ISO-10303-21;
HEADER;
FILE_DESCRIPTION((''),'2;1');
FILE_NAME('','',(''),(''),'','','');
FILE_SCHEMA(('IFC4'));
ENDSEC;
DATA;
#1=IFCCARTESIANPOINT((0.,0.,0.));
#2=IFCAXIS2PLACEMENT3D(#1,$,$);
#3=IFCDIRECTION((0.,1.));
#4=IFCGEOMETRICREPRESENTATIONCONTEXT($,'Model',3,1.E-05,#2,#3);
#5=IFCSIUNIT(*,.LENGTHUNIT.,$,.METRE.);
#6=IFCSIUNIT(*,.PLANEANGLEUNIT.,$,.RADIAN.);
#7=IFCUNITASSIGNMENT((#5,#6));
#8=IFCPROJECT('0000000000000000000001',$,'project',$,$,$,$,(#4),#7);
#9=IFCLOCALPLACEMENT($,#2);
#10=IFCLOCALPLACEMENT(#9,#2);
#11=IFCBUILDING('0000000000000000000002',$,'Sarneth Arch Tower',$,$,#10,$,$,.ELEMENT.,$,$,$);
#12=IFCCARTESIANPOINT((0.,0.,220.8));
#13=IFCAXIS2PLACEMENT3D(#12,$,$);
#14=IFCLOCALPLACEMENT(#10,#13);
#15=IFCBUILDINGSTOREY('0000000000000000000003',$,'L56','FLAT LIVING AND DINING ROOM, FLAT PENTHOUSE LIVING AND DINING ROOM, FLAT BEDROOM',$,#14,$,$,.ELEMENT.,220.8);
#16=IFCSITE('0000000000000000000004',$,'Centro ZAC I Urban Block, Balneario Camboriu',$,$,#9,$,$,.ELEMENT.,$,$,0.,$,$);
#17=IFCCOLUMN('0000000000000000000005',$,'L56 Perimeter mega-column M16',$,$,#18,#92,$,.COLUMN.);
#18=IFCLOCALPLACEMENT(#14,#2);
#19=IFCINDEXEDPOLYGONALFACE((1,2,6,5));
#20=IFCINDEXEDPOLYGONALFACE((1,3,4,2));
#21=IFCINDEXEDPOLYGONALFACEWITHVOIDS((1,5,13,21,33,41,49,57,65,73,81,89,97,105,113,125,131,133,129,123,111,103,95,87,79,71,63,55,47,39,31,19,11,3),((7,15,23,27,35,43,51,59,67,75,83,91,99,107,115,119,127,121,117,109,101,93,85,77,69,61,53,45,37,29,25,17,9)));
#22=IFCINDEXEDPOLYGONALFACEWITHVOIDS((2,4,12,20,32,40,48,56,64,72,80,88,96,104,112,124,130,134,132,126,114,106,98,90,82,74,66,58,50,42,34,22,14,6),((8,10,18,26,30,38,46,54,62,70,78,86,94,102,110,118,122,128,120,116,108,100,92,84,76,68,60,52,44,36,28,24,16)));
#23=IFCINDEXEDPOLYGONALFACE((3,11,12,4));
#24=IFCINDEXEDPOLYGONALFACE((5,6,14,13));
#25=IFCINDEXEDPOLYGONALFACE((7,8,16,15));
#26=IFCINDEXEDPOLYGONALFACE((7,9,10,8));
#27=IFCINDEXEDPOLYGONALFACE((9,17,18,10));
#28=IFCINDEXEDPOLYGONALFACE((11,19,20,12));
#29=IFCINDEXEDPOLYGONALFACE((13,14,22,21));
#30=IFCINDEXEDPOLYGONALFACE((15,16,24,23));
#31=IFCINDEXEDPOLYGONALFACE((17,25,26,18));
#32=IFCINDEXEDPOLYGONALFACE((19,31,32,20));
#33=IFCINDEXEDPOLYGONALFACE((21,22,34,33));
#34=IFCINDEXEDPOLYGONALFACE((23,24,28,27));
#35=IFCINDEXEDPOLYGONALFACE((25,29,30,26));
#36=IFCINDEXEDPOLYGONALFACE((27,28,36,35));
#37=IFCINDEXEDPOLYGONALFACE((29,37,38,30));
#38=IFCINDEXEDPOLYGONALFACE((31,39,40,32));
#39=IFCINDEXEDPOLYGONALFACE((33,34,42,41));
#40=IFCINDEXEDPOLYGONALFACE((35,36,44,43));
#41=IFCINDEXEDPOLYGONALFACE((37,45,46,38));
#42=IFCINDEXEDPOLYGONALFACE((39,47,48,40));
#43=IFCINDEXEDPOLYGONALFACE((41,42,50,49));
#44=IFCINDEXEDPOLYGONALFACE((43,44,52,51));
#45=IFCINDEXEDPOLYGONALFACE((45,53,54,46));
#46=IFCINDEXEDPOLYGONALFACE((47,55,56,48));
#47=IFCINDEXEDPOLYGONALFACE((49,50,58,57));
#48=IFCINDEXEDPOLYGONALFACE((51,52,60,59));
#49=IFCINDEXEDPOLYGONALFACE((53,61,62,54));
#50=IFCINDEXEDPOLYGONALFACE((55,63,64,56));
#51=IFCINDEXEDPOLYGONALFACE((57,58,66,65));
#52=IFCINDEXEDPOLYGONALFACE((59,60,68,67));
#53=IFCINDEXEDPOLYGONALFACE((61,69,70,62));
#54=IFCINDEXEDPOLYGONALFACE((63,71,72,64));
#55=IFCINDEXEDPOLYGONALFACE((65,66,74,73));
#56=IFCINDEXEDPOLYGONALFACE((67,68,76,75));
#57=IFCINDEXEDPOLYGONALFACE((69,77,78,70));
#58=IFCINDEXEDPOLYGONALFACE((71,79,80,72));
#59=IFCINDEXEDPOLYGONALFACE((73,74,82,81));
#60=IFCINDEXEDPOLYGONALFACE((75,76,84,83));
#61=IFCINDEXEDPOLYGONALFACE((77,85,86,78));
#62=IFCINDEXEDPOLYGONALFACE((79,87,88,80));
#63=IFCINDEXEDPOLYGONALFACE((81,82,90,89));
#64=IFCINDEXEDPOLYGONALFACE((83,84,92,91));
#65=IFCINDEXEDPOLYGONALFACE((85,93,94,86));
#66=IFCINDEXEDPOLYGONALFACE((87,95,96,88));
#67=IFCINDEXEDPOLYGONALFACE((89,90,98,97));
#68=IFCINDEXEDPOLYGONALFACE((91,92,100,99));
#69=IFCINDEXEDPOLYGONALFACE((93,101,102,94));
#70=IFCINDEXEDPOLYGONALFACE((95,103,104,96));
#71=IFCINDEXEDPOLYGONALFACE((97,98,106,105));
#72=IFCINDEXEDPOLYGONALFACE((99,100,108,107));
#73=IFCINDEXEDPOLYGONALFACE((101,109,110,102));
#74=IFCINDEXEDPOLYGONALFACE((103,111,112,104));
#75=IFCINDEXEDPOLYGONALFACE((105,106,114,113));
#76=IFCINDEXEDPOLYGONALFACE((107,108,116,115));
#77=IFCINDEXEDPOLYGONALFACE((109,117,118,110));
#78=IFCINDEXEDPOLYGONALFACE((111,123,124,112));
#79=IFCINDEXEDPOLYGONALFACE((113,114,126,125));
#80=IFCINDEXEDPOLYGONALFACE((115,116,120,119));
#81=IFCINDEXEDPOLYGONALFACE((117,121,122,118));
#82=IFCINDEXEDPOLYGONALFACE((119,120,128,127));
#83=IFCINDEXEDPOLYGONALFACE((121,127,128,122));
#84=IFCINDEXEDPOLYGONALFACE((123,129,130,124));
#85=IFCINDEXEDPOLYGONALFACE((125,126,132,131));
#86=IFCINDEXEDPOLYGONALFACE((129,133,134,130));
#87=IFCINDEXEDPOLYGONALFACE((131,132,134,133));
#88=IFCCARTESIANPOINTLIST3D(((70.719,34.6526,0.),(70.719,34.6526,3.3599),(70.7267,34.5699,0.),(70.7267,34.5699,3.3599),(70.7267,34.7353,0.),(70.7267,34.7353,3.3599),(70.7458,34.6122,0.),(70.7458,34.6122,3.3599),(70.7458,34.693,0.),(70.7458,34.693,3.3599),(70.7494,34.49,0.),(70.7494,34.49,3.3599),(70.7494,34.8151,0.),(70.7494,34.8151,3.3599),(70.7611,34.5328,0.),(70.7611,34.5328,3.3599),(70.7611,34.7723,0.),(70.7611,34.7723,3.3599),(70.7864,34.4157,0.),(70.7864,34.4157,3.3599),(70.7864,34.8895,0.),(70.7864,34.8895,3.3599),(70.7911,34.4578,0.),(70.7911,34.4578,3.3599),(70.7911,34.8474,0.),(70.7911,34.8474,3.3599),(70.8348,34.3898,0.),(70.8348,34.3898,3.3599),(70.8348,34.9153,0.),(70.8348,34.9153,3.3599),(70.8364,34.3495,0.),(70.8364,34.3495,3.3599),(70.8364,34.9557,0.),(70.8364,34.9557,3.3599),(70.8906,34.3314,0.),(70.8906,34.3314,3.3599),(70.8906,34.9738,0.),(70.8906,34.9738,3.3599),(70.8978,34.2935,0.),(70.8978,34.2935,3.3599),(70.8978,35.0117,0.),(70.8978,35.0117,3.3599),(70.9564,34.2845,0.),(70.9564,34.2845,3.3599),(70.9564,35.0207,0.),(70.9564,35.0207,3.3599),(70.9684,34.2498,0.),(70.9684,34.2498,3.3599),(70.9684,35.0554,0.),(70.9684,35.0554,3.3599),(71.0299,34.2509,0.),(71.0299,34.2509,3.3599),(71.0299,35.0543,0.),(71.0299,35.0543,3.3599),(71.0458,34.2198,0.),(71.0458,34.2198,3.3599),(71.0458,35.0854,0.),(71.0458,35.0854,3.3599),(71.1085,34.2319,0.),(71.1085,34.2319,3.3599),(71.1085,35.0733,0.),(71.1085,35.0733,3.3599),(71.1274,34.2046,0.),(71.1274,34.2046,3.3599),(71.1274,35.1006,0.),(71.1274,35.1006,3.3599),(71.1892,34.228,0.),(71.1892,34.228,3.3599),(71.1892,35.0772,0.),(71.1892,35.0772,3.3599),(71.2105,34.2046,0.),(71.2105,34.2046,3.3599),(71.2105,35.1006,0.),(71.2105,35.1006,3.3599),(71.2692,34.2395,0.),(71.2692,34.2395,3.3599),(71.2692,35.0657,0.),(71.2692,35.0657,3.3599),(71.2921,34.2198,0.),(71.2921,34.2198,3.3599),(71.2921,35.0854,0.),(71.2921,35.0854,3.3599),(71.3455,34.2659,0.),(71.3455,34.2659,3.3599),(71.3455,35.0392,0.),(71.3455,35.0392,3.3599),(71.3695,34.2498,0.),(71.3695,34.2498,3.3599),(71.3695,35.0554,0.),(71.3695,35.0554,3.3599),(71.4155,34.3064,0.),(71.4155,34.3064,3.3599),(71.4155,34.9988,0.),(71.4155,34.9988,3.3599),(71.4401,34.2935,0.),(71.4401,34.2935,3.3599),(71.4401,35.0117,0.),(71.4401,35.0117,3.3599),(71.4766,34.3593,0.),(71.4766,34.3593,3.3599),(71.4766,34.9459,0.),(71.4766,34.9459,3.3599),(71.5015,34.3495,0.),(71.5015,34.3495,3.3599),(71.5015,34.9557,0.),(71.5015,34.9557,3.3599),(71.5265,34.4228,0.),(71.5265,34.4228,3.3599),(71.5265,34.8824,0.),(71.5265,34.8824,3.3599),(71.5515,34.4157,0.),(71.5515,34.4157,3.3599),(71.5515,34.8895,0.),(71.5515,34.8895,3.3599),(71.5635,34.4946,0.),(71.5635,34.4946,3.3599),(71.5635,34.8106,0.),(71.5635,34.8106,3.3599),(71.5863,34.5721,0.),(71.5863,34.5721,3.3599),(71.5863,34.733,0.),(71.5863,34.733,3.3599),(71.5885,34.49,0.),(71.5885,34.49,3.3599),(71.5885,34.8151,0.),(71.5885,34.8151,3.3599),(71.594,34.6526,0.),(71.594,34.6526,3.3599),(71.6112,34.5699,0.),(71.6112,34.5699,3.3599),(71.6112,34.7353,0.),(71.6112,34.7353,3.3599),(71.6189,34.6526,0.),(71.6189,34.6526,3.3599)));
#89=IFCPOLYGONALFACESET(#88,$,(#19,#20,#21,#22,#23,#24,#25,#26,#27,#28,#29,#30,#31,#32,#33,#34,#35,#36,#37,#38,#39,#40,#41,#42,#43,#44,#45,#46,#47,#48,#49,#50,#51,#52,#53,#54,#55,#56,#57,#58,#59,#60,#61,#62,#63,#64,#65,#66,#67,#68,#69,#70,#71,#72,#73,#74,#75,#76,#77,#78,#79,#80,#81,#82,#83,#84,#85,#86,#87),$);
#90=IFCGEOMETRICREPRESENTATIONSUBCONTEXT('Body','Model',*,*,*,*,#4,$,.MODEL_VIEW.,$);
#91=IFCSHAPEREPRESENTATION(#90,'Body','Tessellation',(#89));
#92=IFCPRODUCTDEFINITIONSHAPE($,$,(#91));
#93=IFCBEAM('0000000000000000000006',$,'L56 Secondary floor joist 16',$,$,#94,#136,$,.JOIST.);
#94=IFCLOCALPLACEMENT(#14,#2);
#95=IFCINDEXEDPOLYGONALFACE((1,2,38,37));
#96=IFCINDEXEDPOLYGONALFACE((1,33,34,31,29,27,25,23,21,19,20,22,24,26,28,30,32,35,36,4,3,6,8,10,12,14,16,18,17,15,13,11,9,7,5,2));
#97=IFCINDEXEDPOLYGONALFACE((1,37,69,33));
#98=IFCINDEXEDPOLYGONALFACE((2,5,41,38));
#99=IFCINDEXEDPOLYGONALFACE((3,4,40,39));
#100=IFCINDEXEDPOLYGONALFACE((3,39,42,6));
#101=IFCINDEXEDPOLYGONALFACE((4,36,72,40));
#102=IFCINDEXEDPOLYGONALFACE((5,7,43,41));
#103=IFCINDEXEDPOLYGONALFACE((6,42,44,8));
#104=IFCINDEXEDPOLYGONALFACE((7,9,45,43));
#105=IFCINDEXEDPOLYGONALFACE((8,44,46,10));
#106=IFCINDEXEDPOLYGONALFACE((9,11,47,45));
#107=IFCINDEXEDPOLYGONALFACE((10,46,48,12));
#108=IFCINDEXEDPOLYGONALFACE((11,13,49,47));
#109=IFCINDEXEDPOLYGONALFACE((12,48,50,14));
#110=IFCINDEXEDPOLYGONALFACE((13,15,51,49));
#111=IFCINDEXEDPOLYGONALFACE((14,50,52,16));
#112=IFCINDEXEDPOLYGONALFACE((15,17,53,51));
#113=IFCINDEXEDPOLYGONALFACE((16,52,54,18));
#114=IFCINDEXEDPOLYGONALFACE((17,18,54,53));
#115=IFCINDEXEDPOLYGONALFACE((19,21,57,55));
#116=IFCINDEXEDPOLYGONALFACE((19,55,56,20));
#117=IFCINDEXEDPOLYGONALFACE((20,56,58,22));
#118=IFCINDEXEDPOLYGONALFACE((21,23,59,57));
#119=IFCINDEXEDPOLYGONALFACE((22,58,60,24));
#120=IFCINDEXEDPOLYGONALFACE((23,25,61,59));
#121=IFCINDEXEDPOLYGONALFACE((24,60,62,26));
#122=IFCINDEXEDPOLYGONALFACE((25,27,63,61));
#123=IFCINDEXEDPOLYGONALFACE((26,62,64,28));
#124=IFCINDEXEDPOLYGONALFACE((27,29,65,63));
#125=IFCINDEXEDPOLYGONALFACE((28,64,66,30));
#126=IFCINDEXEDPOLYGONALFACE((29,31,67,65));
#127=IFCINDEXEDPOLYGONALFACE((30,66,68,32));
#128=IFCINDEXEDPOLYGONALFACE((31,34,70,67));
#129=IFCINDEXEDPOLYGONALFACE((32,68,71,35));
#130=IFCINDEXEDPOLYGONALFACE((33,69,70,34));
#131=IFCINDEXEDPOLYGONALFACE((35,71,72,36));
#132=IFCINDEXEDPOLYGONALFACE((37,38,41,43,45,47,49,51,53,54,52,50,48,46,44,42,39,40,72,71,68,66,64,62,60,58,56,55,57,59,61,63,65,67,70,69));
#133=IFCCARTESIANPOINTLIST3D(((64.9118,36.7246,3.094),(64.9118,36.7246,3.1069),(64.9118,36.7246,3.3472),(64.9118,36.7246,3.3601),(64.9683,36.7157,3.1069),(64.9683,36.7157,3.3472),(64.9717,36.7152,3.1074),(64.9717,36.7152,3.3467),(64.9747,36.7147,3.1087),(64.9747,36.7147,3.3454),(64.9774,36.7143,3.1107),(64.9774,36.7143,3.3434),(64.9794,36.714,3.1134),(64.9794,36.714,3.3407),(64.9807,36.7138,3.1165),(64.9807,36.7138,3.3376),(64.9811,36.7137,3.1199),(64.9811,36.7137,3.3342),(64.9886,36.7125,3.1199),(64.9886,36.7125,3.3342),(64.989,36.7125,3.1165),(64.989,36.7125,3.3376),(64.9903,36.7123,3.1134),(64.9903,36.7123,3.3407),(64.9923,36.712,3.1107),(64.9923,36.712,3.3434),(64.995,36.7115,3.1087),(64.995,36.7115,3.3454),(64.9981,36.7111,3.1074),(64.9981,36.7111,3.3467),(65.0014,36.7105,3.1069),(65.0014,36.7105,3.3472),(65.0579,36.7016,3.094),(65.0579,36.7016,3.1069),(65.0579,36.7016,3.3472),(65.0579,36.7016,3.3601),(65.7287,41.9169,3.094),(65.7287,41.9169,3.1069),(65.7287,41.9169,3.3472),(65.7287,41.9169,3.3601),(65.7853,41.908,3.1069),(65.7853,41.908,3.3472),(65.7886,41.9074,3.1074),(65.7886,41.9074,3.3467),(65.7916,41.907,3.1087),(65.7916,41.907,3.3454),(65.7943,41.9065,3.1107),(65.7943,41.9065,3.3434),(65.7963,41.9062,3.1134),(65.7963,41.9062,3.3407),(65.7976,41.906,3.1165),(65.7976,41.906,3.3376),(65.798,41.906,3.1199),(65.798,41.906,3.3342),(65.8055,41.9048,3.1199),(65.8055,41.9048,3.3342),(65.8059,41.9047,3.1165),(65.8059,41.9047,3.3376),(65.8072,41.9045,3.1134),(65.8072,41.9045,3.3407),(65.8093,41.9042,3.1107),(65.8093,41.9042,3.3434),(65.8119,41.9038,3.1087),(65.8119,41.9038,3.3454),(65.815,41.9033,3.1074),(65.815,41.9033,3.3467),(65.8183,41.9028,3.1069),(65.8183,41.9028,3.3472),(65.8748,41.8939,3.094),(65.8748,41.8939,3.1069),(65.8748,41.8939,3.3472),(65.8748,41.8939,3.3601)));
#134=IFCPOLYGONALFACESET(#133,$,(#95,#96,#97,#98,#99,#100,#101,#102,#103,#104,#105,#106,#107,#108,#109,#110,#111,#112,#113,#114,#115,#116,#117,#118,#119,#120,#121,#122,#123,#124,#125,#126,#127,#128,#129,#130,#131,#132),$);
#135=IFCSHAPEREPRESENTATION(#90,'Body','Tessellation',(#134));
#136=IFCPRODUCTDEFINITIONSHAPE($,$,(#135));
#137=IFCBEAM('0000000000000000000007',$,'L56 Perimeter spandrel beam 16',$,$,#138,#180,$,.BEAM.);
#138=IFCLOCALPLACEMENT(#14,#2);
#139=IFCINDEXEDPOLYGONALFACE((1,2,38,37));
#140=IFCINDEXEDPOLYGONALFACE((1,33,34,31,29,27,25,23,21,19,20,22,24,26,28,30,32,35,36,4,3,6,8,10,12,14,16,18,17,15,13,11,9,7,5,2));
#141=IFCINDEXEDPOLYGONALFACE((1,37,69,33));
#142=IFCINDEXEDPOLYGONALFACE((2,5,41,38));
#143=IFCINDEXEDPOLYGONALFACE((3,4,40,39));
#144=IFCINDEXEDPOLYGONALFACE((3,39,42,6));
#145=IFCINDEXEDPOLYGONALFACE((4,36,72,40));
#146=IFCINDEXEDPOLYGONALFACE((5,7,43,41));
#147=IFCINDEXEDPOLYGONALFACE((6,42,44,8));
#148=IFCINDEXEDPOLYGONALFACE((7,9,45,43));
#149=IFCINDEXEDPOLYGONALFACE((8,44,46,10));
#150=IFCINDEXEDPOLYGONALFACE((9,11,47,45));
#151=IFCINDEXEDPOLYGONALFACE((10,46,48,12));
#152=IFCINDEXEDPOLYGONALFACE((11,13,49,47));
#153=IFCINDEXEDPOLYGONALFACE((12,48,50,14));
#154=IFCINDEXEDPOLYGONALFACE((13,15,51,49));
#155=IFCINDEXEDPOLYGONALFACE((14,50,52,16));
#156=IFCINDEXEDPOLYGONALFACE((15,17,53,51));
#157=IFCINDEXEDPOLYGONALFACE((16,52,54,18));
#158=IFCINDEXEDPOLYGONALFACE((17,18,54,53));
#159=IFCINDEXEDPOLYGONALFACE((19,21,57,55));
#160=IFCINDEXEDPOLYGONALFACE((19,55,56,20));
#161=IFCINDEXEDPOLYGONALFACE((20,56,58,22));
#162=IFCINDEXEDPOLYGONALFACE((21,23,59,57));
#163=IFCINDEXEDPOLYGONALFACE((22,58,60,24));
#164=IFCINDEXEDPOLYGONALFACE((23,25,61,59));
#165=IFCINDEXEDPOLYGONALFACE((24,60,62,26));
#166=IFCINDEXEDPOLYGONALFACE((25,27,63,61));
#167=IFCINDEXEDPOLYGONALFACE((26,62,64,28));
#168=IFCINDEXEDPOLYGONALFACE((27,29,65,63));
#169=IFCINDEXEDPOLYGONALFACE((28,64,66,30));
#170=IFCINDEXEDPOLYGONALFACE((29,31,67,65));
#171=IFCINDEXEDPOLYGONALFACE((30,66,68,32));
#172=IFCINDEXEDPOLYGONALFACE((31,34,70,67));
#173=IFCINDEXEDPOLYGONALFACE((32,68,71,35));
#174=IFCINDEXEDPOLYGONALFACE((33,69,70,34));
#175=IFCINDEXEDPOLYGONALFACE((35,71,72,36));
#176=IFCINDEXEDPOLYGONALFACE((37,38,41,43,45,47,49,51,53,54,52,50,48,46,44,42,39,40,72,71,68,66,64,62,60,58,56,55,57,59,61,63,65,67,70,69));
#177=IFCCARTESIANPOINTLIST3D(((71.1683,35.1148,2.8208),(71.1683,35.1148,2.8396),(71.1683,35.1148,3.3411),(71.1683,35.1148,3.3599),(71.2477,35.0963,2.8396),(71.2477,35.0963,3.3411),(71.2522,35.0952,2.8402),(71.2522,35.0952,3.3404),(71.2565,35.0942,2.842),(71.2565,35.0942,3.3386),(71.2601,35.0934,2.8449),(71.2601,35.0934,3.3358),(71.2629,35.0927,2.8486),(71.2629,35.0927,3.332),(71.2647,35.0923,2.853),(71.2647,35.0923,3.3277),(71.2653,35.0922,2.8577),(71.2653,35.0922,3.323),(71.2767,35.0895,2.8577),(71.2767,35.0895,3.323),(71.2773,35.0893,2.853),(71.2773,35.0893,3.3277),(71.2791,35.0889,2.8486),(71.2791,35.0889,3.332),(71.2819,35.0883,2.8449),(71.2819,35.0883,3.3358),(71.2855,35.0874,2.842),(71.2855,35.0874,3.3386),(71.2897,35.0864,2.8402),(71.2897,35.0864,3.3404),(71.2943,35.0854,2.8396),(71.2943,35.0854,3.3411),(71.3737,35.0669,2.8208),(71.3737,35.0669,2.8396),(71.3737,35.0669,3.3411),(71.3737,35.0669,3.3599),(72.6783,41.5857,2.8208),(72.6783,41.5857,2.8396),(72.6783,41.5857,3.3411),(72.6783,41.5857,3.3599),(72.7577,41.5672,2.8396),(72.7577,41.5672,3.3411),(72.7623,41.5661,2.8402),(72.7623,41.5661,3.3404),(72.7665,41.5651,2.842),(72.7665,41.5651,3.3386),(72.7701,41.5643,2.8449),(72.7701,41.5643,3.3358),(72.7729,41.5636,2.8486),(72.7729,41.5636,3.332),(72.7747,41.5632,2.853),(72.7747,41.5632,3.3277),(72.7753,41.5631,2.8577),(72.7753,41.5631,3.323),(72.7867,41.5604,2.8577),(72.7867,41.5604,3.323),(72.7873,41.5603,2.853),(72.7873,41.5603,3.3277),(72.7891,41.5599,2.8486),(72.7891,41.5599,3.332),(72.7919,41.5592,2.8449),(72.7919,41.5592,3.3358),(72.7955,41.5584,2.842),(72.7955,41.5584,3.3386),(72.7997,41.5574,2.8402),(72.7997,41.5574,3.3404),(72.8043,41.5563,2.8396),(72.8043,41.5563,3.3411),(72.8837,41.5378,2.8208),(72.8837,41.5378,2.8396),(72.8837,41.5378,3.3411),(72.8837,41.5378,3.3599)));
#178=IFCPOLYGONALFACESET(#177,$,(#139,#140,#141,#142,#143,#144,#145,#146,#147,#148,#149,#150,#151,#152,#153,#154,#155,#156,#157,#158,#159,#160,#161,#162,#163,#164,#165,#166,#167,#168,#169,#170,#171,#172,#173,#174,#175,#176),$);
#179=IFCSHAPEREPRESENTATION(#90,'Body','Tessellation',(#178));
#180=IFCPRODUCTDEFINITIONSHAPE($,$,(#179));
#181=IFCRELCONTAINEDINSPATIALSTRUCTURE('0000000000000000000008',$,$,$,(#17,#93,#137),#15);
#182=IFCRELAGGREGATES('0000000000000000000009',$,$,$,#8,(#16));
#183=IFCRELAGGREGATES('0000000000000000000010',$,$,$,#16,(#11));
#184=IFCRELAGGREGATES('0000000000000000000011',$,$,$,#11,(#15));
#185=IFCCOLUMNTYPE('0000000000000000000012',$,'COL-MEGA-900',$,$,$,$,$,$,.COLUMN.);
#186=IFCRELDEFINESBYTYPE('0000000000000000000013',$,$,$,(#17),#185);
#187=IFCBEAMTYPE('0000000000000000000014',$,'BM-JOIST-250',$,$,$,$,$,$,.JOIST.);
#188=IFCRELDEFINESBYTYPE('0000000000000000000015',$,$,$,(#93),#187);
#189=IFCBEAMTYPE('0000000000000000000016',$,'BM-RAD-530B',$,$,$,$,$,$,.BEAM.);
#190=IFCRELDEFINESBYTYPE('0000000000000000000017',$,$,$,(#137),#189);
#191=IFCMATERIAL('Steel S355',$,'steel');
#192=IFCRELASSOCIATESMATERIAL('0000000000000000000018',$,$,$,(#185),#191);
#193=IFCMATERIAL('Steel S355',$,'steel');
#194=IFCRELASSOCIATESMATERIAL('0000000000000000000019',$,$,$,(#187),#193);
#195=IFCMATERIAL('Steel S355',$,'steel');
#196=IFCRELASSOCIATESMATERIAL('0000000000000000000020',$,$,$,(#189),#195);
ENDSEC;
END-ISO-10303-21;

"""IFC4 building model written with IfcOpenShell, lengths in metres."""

from ifc_helpers import new_model, si_unit, direction, frame, origin, origin_2d, place, context, subcontext, project, spatial, hollow_circle, i_section, extrude, material, material_profile, profile_set, type_object, element, save


model = new_model("IFC4")

# Units and contexts
model_context = context("Model", 3, precision=1e-05, world=origin(), true_north=direction((0.0, 1.0)))
body_context = subcontext(model_context, "Body", "Model", "MODEL_VIEW")
ifc_project = project(units=[si_unit("LENGTHUNIT", "METRE"), si_unit("PLANEANGLEUNIT", "RADIAN")], contexts=[model_context])

# Site, building, storey
site_placement = place(None, origin())
site = spatial("IfcSite", under=ifc_project, at=site_placement, Name="Centro ZAC I Urban Block, Balneario Camboriu", CompositionType="ELEMENT", RefElevation=0.0)
building_placement = place(site_placement, origin())
building = spatial("IfcBuilding", under=site, at=building_placement, Name="Sarneth Arch Tower", CompositionType="ELEMENT")
storey_placement = place(building_placement, frame((0.0, 0.0, 220.8)))
storey = spatial("IfcBuildingStorey", under=building, at=storey_placement, Name="L56", Description="FLAT LIVING AND DINING ROOM, FLAT PENTHOUSE LIVING AND DINING ROOM, FLAT BEDROOM", CompositionType="ELEMENT", Elevation=220.8)

# Column
ifc_material_1 = material(Name="Steel S355", Category="steel")
ifc_material_profile_1 = material_profile(ifc_material_1, hollow_circle(Radius=0.45, WallThickness=0.0249, at=origin_2d()), Name="CHS900x25")
ifc_profile_set_1 = profile_set([ifc_material_profile_1], Name="Steel S355")
column_type = type_object("IfcColumnType", Name="COL-MEGA-900", PredefinedType="COLUMN", material=ifc_profile_set_1)
column_placement = place(storey_placement, frame((71.1689, 34.6526, 0.0), z_axis=(0.0, 0.0, 1.0), x_axis=(1.0, 0.0, 0.0)))
element("IfcColumn", 1, at=column_placement, inside=storey, type_object=column_type, Name="L56 Perimeter mega-column M16", PredefinedType="COLUMN", context=body_context, shape_type="SweptSolid", body=[
    extrude(hollow_circle(Radius=0.45, WallThickness=0.0249, at=origin_2d()), origin(), (0.0, 0.0, 1.0), 3.3599),
])

# Beams
ifc_material_2 = material(Name="Steel S355", Category="steel")
ifc_material_profile_2 = material_profile(ifc_material_2, i_section(OverallWidth=0.1479, OverallDepth=0.2661, WebThickness=0.0076, FlangeThickness=0.0129, FilletRadius=0.0129, at=origin_2d()), Name="W250x44.8")
ifc_profile_set_2 = profile_set([ifc_material_profile_2], Name="Steel S355")
beam_type_1 = type_object("IfcBeamType", Name="BM-JOIST-250", PredefinedType="JOIST", material=ifc_profile_set_2)
beam_1_placement = place(storey_placement, frame((64.9849, 36.7131, 3.2271), z_axis=(0.155421, 0.987848, 0.0), x_axis=(-0.987848, 0.155421, 0.0)))
element("IfcBeam", 2, at=beam_1_placement, inside=storey, type_object=beam_type_1, Name="L56 Secondary floor joist 16", PredefinedType="JOIST", context=body_context, shape_type="SweptSolid", body=[
    extrude(i_section(OverallWidth=0.1479, OverallDepth=0.2661, WebThickness=0.0076, FlangeThickness=0.0129, FilletRadius=0.0129, at=origin_2d()), origin(), (0.0, 0.0, 1.0), 5.2561),
])
ifc_material_3 = material(Name="Steel S355", Category="steel")
ifc_material_profile_3 = material_profile(ifc_material_3, i_section(OverallWidth=0.2109, OverallDepth=0.5391, WebThickness=0.0117, FlangeThickness=0.0188, FilletRadius=0.0181, at=origin_2d()), Name="W530x109")
ifc_profile_set_3 = profile_set([ifc_material_profile_3], Name="Steel S355")
beam_type_2 = type_object("IfcBeamType", Name="BM-RAD-530B", PredefinedType="BEAM", material=ifc_profile_set_3)
beam_2_placement = place(storey_placement, frame((71.271, 35.0908, 3.0903), z_axis=(0.227247, 0.973837, 0.0), x_axis=(-0.973837, 0.227247, 0.0)))
element("IfcBeam", 3, at=beam_2_placement, inside=storey, type_object=beam_type_2, Name="L56 Perimeter spandrel beam 16", PredefinedType="BEAM", context=body_context, shape_type="SweptSolid", body=[
    extrude(i_section(OverallWidth=0.2109, OverallDepth=0.5391, WebThickness=0.0117, FlangeThickness=0.0188, FilletRadius=0.0181, at=origin_2d()), origin(), (0.0, 0.0, 1.0), 6.6448),
])

save(model, "model.ifc")
